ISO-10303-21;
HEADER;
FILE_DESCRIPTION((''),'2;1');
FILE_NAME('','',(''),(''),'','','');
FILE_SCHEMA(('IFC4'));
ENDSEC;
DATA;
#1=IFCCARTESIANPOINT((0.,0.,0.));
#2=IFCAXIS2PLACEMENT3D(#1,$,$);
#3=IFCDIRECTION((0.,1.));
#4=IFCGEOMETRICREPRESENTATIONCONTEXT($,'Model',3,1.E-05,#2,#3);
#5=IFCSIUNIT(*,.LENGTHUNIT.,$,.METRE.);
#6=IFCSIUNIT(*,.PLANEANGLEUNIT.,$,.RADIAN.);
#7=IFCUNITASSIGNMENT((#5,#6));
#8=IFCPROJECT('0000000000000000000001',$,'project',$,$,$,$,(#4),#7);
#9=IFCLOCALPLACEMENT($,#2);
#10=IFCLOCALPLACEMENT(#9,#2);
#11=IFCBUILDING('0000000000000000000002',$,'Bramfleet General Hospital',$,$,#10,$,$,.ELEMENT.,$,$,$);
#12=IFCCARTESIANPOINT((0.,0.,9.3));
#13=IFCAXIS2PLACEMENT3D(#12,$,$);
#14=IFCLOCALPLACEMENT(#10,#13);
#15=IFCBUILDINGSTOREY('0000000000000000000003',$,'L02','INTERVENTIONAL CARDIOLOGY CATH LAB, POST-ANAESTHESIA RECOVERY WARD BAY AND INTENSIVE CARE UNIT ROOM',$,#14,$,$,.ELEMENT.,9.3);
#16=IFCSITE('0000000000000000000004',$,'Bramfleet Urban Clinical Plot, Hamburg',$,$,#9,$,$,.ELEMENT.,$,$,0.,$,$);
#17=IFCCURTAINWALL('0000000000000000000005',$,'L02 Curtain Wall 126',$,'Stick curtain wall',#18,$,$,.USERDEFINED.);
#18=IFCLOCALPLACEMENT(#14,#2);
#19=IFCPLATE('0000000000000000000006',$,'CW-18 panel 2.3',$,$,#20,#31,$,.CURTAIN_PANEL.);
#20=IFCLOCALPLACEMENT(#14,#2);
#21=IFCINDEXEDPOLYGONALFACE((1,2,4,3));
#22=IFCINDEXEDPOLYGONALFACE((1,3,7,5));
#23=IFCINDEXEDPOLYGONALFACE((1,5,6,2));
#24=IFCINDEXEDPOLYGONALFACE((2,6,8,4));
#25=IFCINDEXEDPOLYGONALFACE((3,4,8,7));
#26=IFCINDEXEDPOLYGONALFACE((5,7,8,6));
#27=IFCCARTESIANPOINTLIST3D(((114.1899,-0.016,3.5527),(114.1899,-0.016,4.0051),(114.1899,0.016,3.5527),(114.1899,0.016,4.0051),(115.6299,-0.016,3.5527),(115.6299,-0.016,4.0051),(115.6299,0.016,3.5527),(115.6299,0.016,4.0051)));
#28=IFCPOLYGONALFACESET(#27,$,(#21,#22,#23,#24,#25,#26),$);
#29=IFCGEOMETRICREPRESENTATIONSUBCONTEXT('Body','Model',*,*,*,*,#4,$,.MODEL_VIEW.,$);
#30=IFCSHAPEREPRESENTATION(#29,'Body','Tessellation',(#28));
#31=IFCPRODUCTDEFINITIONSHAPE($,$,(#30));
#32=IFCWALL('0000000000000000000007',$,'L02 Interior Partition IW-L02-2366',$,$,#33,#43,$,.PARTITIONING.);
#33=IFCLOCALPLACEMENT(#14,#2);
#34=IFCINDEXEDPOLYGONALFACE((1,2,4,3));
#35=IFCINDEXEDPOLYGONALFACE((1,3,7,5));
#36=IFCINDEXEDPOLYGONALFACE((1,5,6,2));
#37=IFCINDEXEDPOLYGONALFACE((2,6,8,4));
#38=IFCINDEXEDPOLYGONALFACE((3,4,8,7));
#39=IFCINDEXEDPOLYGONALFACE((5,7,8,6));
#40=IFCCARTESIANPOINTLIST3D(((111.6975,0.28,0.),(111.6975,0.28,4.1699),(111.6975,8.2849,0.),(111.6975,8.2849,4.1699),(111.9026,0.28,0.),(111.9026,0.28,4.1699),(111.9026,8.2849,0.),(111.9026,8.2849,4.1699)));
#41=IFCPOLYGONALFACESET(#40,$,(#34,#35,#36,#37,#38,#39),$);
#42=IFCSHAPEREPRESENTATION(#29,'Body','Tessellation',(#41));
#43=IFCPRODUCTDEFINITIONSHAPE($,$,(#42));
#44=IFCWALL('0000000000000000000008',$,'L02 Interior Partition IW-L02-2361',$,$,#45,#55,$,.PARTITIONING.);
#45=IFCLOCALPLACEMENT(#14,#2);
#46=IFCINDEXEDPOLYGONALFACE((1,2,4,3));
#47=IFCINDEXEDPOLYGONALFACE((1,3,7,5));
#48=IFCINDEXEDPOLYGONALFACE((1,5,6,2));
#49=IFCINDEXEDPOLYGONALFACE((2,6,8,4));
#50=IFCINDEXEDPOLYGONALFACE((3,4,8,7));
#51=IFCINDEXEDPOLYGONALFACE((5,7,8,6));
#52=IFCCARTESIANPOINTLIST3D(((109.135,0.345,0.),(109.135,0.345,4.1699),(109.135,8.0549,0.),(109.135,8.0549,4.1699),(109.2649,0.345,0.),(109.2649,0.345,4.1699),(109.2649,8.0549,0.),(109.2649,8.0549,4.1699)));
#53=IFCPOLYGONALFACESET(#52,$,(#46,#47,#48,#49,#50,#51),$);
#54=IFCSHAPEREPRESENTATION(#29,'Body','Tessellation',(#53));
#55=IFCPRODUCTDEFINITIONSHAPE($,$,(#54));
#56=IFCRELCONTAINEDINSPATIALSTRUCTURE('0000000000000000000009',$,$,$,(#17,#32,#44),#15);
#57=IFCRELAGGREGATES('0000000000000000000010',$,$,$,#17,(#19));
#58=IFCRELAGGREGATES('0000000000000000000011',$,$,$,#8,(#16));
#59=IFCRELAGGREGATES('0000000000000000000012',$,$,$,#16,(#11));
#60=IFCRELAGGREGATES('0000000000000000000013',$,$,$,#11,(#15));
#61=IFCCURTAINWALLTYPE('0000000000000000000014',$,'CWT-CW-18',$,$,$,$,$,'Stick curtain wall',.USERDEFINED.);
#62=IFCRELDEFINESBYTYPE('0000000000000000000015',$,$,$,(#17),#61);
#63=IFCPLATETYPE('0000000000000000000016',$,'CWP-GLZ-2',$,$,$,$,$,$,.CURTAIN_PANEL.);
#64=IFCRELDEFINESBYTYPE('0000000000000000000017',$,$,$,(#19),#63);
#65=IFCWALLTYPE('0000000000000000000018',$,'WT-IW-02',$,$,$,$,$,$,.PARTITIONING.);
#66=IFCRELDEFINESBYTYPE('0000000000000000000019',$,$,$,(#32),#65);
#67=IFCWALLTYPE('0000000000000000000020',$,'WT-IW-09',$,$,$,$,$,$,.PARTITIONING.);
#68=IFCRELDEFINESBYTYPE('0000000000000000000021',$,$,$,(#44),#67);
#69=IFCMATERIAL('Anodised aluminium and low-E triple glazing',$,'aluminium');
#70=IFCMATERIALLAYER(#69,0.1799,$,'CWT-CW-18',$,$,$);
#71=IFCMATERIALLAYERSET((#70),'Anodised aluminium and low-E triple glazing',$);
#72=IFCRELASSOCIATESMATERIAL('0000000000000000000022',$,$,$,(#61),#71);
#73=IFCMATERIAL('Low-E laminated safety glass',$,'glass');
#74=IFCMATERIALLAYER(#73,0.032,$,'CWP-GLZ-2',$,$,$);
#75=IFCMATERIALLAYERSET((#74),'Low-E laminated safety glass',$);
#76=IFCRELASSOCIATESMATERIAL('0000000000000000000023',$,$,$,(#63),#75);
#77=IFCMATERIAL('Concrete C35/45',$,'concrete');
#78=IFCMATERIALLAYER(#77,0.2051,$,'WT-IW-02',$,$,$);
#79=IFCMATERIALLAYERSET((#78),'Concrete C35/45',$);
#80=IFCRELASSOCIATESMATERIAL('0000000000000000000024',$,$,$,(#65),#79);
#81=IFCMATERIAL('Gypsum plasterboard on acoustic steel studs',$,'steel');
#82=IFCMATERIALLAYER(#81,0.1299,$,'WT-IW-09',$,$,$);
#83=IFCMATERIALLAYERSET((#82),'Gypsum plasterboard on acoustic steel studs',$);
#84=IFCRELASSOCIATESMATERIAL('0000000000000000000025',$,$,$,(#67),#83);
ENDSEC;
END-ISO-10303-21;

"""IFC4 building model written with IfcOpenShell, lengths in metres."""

from ifc_helpers import new_model, si_unit, direction, frame, frame_2d, origin, origin_2d, place, context, subcontext, project, spatial, rectangle, extrude, material, layer, layer_set, type_object, element, aggregate, save


model = new_model("IFC4")

# Units and contexts
model_context = context("Model", 3, precision=1e-05, world=origin(), true_north=direction((0.0, 1.0)))
body_context = subcontext(model_context, "Body", "Model", "MODEL_VIEW")
ifc_project = project(units=[si_unit("LENGTHUNIT", "METRE"), si_unit("PLANEANGLEUNIT", "RADIAN")], contexts=[model_context])

# Site, building, storey
site_placement = place(None, origin())
site = spatial("IfcSite", under=ifc_project, at=site_placement, Name="Bramfleet Urban Clinical Plot, Hamburg", CompositionType="ELEMENT", RefElevation=0.0)
building_placement = place(site_placement, origin())
building = spatial("IfcBuilding", under=site, at=building_placement, Name="Bramfleet General Hospital", CompositionType="ELEMENT")
storey_placement = place(building_placement, frame((0.0, 0.0, 9.3)))
storey = spatial("IfcBuildingStorey", under=building, at=storey_placement, Name="L02", Description="INTERVENTIONAL CARDIOLOGY CATH LAB, POST-ANAESTHESIA RECOVERY WARD BAY AND INTENSIVE CARE UNIT ROOM", CompositionType="ELEMENT", Elevation=9.3)

# Shared definitions
ifc_material_1 = material(Name="Concrete C35/45", Category="concrete")

# Curtain wall, plate
ifc_material_2 = material(Name="Anodised aluminium and low-E triple glazing", Category="aluminium")
ifc_layer_1 = layer(ifc_material_2, 0.1799, Name="CWT-CW-18")
ifc_layer_set_1 = layer_set([ifc_layer_1], Name="Anodised aluminium and low-E triple glazing")
curtain_wall_type = type_object("IfcCurtainWallType", Name="CWT-CW-18", ElementType="Stick curtain wall", PredefinedType="USERDEFINED", material=ifc_layer_set_1)
curtain_wall_placement = place(storey_placement, origin())
curtain_wall = element("IfcCurtainWall", 1, at=curtain_wall_placement, inside=storey, type_object=curtain_wall_type, Name="L02 Curtain Wall 126", ObjectType="Stick curtain wall", PredefinedType="USERDEFINED")
ifc_material_3 = material(Name="Low-E laminated safety glass", Category="glass")
ifc_layer_2 = layer(ifc_material_3, 0.032, Name="CWP-GLZ-2")
ifc_layer_set_2 = layer_set([ifc_layer_2], Name="Low-E laminated safety glass")
plate_type = type_object("IfcPlateType", Name="CWP-GLZ-2", PredefinedType="CURTAIN_PANEL", material=ifc_layer_set_2)
plate_1_placement = place(storey_placement, frame((114.9099, 0.0, 3.5527), z_axis=(0.0, 0.0, 1.0), x_axis=(-1.0, 0.0, 0.0)))
plate_1 = element("IfcPlate", 2, at=plate_1_placement, type_object=plate_type, Name="CW-18 panel 2.3", PredefinedType="CURTAIN_PANEL", context=body_context, shape_type="SweptSolid", body=[
    extrude(rectangle(XDim=1.4399, YDim=0.032, at=origin_2d()), origin(), (0.0, 0.0, 1.0), 0.4524),
])
aggregate(curtain_wall, [plate_1])

# Walls
ifc_layer_3 = layer(ifc_material_1, 0.2051, Name="WT-IW-02")
ifc_layer_set_3 = layer_set([ifc_layer_3], Name="Concrete C35/45")
wall_type_1 = type_object("IfcWallType", Name="WT-IW-02", PredefinedType="PARTITIONING", material=ifc_layer_set_3)
wall_1_placement = place(storey_placement, frame((111.8, 0.28, 0.0), z_axis=(0.0, 0.0, 1.0), x_axis=(0.0, 1.0, 0.0)))
element("IfcWall", 3, at=wall_1_placement, inside=storey, type_object=wall_type_1, Name="L02 Interior Partition IW-L02-2366", PredefinedType="PARTITIONING", context=body_context, shape_type="SweptSolid", body=[
    extrude(rectangle(XDim=8.0049, YDim=0.2051, at=frame_2d((4.0024, 0.0))), origin(), (0.0, 0.0, 1.0), 4.1699),
])
ifc_material_4 = material(Name="Gypsum plasterboard on acoustic steel studs", Category="steel")
ifc_layer_4 = layer(ifc_material_4, 0.1299, Name="WT-IW-09")
ifc_layer_set_4 = layer_set([ifc_layer_4], Name="Gypsum plasterboard on acoustic steel studs")
wall_type_2 = type_object("IfcWallType", Name="WT-IW-09", PredefinedType="PARTITIONING", material=ifc_layer_set_4)
wall_2_placement = place(storey_placement, frame((109.2, 0.345, 0.0), z_axis=(0.0, 0.0, 1.0), x_axis=(0.0, 1.0, 0.0)))
element("IfcWall", 4, at=wall_2_placement, inside=storey, type_object=wall_type_2, Name="L02 Interior Partition IW-L02-2361", PredefinedType="PARTITIONING", context=body_context, shape_type="SweptSolid", body=[
    extrude(rectangle(XDim=7.71, YDim=0.1299, at=frame_2d((3.855, 0.0))), origin(), (0.0, 0.0, 1.0), 4.1699),
])

save(model, "model.ifc")
